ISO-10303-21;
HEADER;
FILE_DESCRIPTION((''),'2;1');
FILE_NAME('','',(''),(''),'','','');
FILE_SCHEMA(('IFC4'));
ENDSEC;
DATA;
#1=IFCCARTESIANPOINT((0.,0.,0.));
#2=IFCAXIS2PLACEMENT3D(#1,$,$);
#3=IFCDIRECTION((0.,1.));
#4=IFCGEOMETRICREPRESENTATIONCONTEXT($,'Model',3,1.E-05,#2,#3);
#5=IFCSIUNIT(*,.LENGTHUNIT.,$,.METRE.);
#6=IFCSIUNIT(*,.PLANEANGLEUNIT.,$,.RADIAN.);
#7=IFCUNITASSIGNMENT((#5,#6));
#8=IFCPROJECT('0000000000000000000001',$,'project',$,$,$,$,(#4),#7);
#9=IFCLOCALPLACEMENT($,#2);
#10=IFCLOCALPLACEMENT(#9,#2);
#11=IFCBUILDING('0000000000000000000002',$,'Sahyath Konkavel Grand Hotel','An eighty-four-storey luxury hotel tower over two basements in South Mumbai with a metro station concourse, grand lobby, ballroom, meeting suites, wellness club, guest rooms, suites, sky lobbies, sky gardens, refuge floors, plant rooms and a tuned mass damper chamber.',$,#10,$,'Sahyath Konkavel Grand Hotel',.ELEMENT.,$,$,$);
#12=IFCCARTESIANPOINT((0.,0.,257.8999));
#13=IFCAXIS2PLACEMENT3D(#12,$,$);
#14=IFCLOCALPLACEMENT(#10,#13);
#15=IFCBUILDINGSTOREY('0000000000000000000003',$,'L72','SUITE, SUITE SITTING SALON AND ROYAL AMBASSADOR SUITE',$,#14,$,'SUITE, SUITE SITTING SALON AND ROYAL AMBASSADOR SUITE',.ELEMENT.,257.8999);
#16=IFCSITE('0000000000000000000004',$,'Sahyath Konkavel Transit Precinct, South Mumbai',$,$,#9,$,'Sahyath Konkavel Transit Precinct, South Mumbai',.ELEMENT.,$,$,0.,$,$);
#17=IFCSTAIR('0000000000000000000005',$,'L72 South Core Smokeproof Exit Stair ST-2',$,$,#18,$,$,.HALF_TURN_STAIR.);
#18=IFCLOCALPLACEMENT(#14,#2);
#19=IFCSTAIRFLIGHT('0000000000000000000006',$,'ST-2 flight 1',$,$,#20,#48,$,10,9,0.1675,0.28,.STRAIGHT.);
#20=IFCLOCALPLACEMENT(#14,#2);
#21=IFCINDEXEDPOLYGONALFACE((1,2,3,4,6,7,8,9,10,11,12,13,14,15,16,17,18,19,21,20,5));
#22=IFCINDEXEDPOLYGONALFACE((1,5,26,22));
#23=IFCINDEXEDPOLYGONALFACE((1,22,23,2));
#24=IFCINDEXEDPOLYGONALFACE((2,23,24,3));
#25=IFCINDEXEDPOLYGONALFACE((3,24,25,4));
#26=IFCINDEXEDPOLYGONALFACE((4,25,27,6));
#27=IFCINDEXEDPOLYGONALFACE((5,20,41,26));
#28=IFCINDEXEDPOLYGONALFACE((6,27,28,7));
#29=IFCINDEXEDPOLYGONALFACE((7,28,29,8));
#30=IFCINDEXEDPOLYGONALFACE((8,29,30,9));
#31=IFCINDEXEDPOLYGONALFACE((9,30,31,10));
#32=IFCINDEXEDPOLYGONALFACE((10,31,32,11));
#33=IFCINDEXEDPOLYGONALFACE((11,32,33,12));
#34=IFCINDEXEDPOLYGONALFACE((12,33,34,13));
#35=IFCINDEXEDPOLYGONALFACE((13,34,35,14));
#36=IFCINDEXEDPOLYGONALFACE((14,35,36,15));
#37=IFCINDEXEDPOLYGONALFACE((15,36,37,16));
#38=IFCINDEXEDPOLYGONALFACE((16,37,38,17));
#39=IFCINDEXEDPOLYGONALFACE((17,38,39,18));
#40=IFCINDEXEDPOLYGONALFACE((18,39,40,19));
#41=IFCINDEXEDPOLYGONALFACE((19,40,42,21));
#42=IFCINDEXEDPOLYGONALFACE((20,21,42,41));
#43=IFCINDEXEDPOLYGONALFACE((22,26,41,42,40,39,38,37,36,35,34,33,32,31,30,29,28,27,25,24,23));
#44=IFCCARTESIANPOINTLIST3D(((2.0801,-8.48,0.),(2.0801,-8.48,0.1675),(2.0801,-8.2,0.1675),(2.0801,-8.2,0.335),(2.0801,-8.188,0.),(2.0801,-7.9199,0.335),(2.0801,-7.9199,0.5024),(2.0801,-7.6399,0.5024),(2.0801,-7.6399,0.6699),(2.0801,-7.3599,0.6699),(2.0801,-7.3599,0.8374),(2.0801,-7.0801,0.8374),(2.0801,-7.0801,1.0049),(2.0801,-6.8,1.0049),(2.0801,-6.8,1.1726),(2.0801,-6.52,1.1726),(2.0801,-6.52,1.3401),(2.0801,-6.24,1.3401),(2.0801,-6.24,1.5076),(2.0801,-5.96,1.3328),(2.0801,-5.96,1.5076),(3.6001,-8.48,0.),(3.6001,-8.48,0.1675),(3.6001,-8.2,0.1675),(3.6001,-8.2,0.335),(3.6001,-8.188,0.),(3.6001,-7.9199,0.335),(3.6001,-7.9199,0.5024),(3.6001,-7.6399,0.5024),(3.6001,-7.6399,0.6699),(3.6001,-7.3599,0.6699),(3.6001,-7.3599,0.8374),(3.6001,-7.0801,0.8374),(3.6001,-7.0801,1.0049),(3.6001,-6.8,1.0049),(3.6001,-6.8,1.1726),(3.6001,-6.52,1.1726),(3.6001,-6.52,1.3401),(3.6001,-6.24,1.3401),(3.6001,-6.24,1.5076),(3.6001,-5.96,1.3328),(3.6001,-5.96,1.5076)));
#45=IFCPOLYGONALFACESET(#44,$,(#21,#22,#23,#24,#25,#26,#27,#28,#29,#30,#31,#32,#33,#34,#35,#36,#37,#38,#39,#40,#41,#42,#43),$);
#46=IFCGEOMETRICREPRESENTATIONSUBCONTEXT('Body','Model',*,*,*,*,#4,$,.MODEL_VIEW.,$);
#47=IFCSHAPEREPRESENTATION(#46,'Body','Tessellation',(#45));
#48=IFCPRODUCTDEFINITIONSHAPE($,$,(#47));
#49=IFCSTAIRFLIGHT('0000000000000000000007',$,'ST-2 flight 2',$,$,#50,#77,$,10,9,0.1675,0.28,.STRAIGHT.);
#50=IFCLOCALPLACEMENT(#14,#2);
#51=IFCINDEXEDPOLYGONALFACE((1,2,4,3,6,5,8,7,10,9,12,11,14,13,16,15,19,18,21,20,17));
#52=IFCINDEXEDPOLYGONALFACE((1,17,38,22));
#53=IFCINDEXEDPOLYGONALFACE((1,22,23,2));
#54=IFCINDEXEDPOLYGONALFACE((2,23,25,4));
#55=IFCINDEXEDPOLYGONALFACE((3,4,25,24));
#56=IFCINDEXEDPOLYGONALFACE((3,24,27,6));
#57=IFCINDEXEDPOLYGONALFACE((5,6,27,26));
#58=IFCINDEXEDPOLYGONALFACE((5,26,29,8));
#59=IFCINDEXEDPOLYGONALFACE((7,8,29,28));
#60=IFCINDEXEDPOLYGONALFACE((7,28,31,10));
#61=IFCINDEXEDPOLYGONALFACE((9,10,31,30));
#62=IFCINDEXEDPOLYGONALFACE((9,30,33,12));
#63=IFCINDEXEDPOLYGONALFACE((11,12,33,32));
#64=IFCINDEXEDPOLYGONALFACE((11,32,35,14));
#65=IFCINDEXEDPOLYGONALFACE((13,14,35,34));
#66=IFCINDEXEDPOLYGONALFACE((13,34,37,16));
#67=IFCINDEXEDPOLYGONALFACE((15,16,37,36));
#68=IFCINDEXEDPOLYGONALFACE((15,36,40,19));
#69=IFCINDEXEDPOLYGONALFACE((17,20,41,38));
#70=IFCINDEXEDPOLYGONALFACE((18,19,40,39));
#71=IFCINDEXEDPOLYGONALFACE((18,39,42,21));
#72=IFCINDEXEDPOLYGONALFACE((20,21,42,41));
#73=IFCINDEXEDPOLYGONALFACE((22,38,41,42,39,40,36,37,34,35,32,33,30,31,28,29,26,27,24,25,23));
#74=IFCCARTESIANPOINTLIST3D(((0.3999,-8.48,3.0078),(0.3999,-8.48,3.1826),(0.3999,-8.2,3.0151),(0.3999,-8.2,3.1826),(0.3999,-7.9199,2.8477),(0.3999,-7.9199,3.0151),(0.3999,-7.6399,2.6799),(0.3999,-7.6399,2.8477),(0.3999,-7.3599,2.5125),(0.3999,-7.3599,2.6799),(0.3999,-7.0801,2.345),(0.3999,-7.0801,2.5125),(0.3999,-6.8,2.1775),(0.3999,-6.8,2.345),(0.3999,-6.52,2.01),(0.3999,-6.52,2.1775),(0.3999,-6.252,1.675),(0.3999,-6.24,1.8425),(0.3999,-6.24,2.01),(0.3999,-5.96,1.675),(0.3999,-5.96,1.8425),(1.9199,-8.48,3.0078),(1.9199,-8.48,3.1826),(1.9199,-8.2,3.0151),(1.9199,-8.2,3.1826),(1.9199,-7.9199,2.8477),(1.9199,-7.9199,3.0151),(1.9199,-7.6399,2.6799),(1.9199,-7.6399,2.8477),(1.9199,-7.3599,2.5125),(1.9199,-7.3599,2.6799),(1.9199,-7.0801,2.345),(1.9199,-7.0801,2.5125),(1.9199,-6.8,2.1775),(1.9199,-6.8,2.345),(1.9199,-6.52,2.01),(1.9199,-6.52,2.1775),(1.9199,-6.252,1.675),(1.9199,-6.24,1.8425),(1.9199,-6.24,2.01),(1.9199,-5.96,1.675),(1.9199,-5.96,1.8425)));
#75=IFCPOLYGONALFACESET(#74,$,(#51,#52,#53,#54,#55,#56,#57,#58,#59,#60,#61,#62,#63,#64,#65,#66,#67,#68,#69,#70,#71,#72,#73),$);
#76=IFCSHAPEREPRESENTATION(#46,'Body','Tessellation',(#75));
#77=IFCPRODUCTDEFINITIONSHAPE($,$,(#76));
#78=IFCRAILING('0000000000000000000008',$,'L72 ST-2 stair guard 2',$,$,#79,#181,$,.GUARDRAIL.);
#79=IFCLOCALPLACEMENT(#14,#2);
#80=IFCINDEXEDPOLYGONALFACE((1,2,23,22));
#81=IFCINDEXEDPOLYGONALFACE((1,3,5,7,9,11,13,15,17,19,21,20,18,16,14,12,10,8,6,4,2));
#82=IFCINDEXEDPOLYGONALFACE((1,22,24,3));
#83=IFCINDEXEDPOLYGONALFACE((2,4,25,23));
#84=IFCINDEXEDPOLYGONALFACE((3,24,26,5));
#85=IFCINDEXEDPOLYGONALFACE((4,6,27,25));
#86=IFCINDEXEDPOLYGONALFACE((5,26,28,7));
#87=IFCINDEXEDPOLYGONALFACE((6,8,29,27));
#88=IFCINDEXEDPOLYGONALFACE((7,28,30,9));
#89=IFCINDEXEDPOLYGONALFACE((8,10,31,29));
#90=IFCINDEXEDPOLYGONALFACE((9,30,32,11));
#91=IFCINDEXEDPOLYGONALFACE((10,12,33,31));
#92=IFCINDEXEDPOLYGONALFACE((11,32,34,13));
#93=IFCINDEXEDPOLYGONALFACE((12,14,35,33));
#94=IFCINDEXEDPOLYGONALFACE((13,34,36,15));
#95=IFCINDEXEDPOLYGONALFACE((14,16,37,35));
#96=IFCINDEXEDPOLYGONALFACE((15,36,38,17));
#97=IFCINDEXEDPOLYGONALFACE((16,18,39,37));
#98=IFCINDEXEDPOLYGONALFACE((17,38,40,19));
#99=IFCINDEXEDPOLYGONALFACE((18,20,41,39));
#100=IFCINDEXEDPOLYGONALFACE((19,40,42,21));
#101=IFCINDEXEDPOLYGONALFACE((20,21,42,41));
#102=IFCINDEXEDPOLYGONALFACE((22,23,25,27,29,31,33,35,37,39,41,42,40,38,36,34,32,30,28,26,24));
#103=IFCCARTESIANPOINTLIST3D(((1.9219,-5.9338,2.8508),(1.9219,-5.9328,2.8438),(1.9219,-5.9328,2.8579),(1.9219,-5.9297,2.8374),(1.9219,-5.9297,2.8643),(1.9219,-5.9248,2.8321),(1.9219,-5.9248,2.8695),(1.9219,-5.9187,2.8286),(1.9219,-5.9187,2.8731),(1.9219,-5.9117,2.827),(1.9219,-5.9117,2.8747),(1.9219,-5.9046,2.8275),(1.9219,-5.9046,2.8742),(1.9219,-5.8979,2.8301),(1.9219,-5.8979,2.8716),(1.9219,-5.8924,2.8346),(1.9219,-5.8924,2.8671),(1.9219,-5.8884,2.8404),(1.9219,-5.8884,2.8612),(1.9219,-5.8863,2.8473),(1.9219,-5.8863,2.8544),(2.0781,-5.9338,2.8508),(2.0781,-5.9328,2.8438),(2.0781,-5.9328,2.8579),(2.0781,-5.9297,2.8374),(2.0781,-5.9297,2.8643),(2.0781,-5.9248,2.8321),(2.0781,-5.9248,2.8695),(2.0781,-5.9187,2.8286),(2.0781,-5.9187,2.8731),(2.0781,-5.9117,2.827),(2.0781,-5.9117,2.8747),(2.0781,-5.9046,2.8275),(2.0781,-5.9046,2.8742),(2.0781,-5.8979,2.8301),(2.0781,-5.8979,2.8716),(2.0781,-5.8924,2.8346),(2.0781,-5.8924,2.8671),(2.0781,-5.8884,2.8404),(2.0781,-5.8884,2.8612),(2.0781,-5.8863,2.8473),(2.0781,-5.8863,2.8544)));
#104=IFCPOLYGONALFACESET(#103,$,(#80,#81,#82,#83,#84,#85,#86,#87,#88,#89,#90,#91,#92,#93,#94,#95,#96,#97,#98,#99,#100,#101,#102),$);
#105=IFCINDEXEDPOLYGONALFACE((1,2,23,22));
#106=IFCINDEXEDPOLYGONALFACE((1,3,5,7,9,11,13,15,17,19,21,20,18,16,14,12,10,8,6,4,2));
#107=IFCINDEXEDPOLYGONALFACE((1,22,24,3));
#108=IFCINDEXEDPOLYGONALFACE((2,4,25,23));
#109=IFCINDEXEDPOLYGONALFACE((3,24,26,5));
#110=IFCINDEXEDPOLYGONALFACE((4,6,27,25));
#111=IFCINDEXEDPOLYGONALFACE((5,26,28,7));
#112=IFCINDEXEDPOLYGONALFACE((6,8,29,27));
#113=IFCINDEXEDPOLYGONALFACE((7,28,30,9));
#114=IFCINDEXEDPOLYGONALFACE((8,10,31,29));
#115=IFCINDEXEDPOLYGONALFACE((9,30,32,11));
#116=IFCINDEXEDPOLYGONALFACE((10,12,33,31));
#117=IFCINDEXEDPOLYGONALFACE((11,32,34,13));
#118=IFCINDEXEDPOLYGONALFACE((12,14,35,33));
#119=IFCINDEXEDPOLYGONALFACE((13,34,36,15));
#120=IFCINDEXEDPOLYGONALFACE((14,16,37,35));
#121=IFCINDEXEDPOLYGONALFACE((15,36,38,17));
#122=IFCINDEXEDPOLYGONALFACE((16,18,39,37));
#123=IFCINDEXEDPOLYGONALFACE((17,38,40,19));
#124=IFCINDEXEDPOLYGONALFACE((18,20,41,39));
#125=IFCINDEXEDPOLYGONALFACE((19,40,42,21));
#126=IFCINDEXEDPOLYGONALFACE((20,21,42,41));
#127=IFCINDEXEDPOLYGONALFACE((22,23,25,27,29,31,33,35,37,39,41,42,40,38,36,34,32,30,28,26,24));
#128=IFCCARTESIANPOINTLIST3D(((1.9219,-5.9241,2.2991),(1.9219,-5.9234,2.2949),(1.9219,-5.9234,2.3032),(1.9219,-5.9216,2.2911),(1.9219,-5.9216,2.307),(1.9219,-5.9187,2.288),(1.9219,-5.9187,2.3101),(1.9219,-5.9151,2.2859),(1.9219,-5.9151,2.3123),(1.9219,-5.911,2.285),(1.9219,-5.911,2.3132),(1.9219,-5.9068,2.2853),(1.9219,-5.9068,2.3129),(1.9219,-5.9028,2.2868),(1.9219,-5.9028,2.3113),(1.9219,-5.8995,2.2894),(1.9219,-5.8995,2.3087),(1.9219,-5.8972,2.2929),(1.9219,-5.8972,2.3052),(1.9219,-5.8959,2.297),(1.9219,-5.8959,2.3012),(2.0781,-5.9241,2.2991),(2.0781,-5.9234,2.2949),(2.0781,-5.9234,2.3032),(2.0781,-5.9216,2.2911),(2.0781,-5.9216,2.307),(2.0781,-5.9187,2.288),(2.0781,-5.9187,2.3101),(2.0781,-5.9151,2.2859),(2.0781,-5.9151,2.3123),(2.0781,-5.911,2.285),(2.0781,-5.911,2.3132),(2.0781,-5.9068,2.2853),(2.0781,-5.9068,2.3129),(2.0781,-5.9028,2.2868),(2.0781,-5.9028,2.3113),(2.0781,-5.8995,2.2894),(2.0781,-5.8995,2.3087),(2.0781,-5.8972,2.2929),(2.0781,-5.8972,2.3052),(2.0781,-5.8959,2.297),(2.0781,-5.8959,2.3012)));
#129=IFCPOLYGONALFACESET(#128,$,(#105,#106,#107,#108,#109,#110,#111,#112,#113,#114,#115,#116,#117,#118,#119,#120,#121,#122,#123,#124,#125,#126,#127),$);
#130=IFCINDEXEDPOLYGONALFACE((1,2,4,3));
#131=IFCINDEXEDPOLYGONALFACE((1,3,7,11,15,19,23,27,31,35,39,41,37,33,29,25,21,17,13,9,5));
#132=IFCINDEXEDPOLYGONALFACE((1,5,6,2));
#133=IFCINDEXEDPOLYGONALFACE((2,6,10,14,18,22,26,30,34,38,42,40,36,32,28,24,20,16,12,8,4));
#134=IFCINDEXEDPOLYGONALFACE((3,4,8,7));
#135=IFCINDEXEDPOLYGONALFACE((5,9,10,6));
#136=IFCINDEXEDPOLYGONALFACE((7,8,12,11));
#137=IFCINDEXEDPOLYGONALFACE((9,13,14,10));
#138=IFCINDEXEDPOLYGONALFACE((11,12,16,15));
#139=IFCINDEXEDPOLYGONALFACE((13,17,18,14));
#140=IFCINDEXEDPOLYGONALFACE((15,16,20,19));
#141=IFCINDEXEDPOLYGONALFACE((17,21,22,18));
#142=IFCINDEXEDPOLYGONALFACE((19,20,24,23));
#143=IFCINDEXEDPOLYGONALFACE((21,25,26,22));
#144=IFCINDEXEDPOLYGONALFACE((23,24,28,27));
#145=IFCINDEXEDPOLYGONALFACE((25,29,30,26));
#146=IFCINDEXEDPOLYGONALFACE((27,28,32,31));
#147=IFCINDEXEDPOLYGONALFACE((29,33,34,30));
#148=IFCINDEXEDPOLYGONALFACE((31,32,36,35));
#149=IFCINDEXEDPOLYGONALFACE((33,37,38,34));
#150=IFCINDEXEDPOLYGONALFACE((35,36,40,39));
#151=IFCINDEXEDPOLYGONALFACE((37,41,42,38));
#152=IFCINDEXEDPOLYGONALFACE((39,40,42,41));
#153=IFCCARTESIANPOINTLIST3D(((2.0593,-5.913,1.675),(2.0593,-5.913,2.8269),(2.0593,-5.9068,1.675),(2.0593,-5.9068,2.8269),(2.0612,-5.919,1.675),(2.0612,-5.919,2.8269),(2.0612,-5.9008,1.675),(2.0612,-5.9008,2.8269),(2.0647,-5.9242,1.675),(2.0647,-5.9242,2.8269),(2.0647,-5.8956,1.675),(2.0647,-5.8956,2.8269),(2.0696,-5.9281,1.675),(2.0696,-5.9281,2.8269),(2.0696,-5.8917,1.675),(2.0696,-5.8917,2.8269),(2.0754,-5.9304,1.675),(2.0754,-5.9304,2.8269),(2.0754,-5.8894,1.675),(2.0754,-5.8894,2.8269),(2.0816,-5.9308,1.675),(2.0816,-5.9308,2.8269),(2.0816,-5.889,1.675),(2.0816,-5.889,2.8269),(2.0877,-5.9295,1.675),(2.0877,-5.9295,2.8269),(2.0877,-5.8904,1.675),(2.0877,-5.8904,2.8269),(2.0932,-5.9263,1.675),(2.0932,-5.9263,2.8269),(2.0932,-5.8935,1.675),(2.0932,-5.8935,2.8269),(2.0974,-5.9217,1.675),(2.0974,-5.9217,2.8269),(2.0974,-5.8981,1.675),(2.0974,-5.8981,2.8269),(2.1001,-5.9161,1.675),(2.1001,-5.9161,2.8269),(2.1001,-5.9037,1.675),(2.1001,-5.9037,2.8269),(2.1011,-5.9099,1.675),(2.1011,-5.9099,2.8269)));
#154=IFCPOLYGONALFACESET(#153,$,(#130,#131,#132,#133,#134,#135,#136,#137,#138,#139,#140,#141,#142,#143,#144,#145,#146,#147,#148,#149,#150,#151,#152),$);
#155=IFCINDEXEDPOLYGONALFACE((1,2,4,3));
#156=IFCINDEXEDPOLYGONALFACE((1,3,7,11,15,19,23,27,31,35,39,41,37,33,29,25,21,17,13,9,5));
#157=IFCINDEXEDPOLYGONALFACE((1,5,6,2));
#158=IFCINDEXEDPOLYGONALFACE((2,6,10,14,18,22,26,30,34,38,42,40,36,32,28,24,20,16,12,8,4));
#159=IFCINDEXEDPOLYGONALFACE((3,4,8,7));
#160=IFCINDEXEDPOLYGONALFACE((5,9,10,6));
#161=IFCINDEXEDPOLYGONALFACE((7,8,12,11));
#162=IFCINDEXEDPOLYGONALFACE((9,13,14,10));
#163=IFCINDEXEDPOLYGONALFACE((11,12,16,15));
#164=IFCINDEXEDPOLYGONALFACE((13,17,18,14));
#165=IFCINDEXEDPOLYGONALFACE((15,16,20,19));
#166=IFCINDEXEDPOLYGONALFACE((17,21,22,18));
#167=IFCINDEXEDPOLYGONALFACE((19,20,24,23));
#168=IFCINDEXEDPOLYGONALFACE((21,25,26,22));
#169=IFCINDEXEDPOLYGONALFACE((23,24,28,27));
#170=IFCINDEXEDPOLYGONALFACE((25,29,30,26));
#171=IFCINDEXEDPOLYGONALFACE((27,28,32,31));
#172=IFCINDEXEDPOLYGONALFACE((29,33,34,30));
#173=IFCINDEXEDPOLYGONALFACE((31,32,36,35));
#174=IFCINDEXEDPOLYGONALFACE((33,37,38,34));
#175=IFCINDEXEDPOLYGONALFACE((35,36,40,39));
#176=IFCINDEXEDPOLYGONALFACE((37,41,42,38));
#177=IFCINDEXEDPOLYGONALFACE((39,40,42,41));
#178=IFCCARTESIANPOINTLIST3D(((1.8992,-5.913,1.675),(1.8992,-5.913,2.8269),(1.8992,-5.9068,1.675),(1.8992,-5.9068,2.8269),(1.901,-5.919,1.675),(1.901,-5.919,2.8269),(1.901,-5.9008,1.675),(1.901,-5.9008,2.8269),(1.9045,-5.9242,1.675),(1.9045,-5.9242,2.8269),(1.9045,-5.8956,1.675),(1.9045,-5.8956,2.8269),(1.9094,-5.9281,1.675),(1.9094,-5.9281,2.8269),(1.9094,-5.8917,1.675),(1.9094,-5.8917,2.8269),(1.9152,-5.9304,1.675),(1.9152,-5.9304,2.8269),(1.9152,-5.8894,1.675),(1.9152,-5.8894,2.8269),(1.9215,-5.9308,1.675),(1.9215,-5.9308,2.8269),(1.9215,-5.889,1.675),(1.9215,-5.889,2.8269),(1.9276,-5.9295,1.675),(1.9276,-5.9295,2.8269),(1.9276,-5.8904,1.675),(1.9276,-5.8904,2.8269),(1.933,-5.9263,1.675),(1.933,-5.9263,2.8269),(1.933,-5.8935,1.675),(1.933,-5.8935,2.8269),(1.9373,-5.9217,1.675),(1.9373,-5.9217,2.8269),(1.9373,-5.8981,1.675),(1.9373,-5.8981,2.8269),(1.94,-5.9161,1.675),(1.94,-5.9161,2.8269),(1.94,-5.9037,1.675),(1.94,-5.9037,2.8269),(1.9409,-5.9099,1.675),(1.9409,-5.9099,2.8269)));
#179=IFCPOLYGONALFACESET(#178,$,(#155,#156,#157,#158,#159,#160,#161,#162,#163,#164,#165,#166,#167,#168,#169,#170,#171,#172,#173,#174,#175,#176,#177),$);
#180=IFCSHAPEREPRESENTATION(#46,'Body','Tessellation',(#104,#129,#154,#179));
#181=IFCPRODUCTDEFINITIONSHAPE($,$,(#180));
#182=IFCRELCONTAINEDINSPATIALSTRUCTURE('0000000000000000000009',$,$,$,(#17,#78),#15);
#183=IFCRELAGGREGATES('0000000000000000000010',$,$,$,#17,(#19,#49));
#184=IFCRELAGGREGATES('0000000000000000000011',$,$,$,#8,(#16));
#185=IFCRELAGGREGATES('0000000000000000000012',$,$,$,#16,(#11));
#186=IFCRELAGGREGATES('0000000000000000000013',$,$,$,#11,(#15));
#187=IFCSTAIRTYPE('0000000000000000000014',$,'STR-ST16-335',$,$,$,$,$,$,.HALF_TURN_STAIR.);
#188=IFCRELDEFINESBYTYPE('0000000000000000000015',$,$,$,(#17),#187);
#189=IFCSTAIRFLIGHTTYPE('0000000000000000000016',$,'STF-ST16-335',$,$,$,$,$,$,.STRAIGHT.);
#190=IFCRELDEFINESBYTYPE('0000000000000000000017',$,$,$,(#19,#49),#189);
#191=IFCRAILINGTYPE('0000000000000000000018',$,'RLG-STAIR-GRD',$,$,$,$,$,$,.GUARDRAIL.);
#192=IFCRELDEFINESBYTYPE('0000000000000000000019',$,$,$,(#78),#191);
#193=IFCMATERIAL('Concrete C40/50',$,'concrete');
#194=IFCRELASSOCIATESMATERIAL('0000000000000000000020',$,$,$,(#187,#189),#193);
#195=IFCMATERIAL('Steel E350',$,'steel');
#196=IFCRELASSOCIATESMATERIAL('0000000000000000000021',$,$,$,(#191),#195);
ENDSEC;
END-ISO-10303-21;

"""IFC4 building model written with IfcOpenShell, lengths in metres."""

from ifc_helpers import new_model, si_unit, direction, frame, origin, origin_2d, place, context, subcontext, project, spatial, polyline, circle, outline, extrude, material, type_object, element, aggregate, save


model = new_model("IFC4")

# Units and contexts
model_context = context("Model", 3, precision=1e-05, world=origin(), true_north=direction((0.0, 1.0)))
body_context = subcontext(model_context, "Body", "Model", "MODEL_VIEW")
ifc_project = project(units=[si_unit("LENGTHUNIT", "METRE"), si_unit("PLANEANGLEUNIT", "RADIAN")], contexts=[model_context])

# Site, building, storey
site_placement = place(None, origin())
site = spatial("IfcSite", under=ifc_project, at=site_placement, Name="Sahyath Konkavel Transit Precinct, South Mumbai", LongName="Sahyath Konkavel Transit Precinct, South Mumbai", CompositionType="ELEMENT", RefElevation=0.0)
building_placement = place(site_placement, origin())
building = spatial("IfcBuilding", under=site, at=building_placement, Name="Sahyath Konkavel Grand Hotel", Description="An eighty-four-storey luxury hotel tower over two basements in South Mumbai with a metro station concourse, grand lobby, ballroom, meeting suites, wellness club, guest rooms, suites, sky lobbies, sky gardens, refuge floors, plant rooms and a tuned mass damper chamber.", LongName="Sahyath Konkavel Grand Hotel", CompositionType="ELEMENT")
storey_placement = place(building_placement, frame((0.0, 0.0, 257.8999)))
storey = spatial("IfcBuildingStorey", under=building, at=storey_placement, Name="L72", Description="SUITE, SUITE SITTING SALON AND ROYAL AMBASSADOR SUITE", LongName="SUITE, SUITE SITTING SALON AND ROYAL AMBASSADOR SUITE", CompositionType="ELEMENT", Elevation=257.8999)

# Shared definitions
ifc_material_1 = material(Name="Concrete C40/50", Category="concrete")

# Shared definitions
ifc_material_2 = material(Name="Steel E350", Category="steel")

# Stair
stair_type = type_object("IfcStairType", Name="STR-ST16-335", PredefinedType="HALF_TURN_STAIR", material=ifc_material_1)
stair_1_placement = place(storey_placement, origin())
stair_1 = element("IfcStair", 1, at=stair_1_placement, inside=storey, type_object=stair_type, Name="L72 South Core Smokeproof Exit Stair ST-2", PredefinedType="HALF_TURN_STAIR")

# Stair flights
stair_flight_type = type_object("IfcStairFlightType", Name="STF-ST16-335", PredefinedType="STRAIGHT", material=ifc_material_1)
stair_flight_1_placement = place(storey_placement, frame((2.8401, -8.48, 0.0), z_axis=(0.0, 0.0, 1.0), x_axis=(0.0, 1.0, 0.0)))
stair_flight_1 = element("IfcStairFlight", 2, at=stair_flight_1_placement, type_object=stair_flight_type, Name="ST-2 flight 1", NumberOfRisers=10, NumberOfTreads=9, PredefinedType="STRAIGHT", RiserHeight=0.1675, TreadLength=0.28, context=body_context, shape_type="SweptSolid", body=[
    extrude(outline(polyline([(0.0, 0.0), (0.0, 0.1675), (0.28, 0.1675), (0.28, 0.335), (0.5601, 0.335), (0.5601, 0.5024), (0.8401, 0.5024), (0.8401, 0.6699), (1.1201, 0.6699), (1.1201, 0.8374), (1.3999, 0.8374), (1.3999, 1.0049), (1.6799, 1.0049), (1.6799, 1.1726), (1.96, 1.1726), (1.96, 1.3401), (2.24, 1.3401), (2.24, 1.5076), (2.52, 1.5076), (2.52, 1.675), (2.52, 1.3328), (0.292, 0.0), (0.0, 0.0)])), frame((0.0, 0.76, 0.0), z_axis=(0.0, -1.0, 0.0), x_axis=(1.0, 0.0, 0.0)), (0.0, 0.0, 1.0), 1.52),
])
stair_flight_2_placement = place(storey_placement, frame((1.1599, -5.96, 1.675), z_axis=(0.0, 0.0, 1.0), x_axis=(0.0, -1.0, 0.0)))
stair_flight_2 = element("IfcStairFlight", 3, at=stair_flight_2_placement, type_object=stair_flight_type, Name="ST-2 flight 2", NumberOfRisers=10, NumberOfTreads=9, PredefinedType="STRAIGHT", RiserHeight=0.1675, TreadLength=0.28, context=body_context, shape_type="SweptSolid", body=[
    extrude(outline(polyline([(0.0, 0.0), (0.0, 0.1675), (0.28, 0.1675), (0.28, 0.335), (0.5601, 0.335), (0.5601, 0.5024), (0.8401, 0.5024), (0.8401, 0.6699), (1.1201, 0.6699), (1.1201, 0.8374), (1.3999, 0.8374), (1.3999, 1.0049), (1.6799, 1.0049), (1.6799, 1.1726), (1.96, 1.1726), (1.96, 1.3401), (2.24, 1.3401), (2.24, 1.5076), (2.52, 1.5076), (2.52, 1.675), (2.52, 1.3328), (0.292, 0.0), (0.0, 0.0)])), frame((0.0, 0.76, 0.0), z_axis=(0.0, -1.0, 0.0), x_axis=(1.0, 0.0, 0.0)), (0.0, 0.0, 1.0), 1.52),
])
aggregate(stair_1, [stair_flight_1, stair_flight_2])

# Railing
railing_type_1 = type_object("IfcRailingType", Name="RLG-STAIR-GRD", PredefinedType="GUARDRAIL", material=ifc_material_2)
railing_1_placement = place(storey_placement, frame((2.0801, -5.9099, 1.675)))
element("IfcRailing", 4, at=railing_1_placement, inside=storey, type_object=railing_type_1, Name="L72 ST-2 stair guard 2", PredefinedType="GUARDRAIL", context=body_context, shape_type="SweptSolid", body=[
    extrude(circle(Radius=0.0239, at=origin_2d()), frame((-0.002, 0.0, 1.1758), z_axis=(-1.0, 0.0, 0.0), x_axis=(0.0, -1.0, 0.0)), (0.0, 0.0, 1.0), 0.1562),
    extrude(circle(Radius=0.0142, at=origin_2d()), frame((-0.002, 0.0, 0.624), z_axis=(-1.0, 0.0, 0.0), x_axis=(0.0, -1.0, 0.0)), (0.0, 0.0, 1.0), 0.1562),
    extrude(circle(Radius=0.021, at=origin_2d()), origin(), (0.0, 0.0, 1.0), 1.1519),
    extrude(circle(Radius=0.021, at=origin_2d()), frame((-0.1602, 0.0, 0.0)), (0.0, 0.0, 1.0), 1.1519),
])

save(model, "model.ifc")
